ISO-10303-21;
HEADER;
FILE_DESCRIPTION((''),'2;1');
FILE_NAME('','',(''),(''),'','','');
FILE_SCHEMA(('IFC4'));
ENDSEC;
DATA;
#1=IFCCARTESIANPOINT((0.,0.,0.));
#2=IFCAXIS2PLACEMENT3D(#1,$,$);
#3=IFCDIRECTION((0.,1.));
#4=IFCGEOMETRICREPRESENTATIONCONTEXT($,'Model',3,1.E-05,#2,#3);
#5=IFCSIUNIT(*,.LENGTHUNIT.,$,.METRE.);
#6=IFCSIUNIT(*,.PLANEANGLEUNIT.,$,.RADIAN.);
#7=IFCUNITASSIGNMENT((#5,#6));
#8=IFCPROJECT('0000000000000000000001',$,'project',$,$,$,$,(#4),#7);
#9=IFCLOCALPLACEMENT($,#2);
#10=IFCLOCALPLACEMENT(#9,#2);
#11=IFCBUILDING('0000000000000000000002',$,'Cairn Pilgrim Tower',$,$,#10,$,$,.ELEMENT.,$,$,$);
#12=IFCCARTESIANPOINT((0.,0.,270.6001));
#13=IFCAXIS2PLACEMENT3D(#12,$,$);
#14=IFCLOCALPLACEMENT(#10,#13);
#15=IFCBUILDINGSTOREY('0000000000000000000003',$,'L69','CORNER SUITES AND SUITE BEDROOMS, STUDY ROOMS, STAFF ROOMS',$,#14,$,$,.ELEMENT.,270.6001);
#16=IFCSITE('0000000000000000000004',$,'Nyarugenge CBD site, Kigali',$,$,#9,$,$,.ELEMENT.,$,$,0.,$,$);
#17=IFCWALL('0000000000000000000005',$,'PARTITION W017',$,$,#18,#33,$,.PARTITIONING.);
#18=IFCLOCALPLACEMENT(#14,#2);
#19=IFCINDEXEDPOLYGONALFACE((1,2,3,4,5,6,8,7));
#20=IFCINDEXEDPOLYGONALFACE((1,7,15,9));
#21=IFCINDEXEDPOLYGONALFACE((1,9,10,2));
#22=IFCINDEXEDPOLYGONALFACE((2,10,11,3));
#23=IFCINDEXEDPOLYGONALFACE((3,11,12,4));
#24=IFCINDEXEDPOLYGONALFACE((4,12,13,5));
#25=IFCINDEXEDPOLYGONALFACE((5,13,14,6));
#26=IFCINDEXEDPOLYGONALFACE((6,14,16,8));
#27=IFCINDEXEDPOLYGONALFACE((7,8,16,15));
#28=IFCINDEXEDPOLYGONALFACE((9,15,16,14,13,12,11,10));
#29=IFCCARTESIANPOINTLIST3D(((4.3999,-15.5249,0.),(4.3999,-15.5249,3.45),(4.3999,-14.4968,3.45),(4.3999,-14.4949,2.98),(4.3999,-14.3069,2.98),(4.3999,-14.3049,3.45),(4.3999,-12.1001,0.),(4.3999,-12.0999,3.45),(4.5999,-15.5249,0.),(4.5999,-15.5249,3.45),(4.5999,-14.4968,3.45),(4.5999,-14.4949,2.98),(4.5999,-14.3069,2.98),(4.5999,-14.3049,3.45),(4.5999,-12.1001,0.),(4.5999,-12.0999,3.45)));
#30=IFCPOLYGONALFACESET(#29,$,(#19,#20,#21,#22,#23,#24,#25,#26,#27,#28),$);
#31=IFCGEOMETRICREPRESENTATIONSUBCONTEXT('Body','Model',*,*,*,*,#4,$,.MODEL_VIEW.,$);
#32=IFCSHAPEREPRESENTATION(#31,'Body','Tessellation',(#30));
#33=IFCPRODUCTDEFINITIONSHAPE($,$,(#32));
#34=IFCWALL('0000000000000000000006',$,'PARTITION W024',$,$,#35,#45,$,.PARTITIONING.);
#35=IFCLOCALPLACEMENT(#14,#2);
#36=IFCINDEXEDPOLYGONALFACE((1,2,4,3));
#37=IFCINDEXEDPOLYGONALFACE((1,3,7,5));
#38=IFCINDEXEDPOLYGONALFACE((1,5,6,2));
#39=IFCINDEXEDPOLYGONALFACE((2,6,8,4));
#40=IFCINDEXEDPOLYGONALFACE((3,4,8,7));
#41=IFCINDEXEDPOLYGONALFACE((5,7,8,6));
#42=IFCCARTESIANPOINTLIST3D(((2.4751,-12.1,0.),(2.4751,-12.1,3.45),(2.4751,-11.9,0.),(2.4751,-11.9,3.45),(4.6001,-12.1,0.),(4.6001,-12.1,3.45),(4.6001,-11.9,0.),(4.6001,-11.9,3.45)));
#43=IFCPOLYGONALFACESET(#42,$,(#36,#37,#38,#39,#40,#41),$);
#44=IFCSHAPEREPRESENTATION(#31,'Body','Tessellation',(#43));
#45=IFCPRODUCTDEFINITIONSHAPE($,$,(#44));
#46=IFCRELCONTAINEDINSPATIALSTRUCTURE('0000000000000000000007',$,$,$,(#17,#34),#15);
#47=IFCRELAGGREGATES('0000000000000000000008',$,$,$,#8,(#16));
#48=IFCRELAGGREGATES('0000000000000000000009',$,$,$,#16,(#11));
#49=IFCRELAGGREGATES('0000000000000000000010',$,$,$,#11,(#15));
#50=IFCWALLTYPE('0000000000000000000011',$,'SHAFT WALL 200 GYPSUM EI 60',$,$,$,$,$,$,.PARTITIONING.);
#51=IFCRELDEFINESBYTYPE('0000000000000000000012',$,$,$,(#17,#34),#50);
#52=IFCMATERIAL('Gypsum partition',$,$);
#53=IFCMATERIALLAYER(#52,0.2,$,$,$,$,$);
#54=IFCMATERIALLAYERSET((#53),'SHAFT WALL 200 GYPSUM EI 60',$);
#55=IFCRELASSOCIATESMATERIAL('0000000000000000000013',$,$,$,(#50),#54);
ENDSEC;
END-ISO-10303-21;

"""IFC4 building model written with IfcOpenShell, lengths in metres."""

from ifc_helpers import new_model, si_unit, direction, frame, frame_2d, origin, place, context, subcontext, project, spatial, polyline, rectangle, outline, extrude, material, layer, layer_set, type_object, element, save


model = new_model("IFC4")

# Units and contexts
model_context = context("Model", 3, precision=1e-05, world=origin(), true_north=direction((0.0, 1.0)))
body_context = subcontext(model_context, "Body", "Model", "MODEL_VIEW")
ifc_project = project(units=[si_unit("LENGTHUNIT", "METRE"), si_unit("PLANEANGLEUNIT", "RADIAN")], contexts=[model_context])

# Site, building, storey
site_placement = place(None, origin())
site = spatial("IfcSite", under=ifc_project, at=site_placement, Name="Nyarugenge CBD site, Kigali", CompositionType="ELEMENT", RefElevation=0.0)
building_placement = place(site_placement, origin())
building = spatial("IfcBuilding", under=site, at=building_placement, Name="Cairn Pilgrim Tower", CompositionType="ELEMENT")
storey_placement = place(building_placement, frame((0.0, 0.0, 270.6001)))
storey = spatial("IfcBuildingStorey", under=building, at=storey_placement, Name="L69", Description="CORNER SUITES AND SUITE BEDROOMS, STUDY ROOMS, STAFF ROOMS", CompositionType="ELEMENT", Elevation=270.6001)

# Shared definitions
ifc_material_1 = material(Name="Gypsum partition")

# Walls
ifc_layer_1 = layer(ifc_material_1, 0.2)
ifc_layer_set_1 = layer_set([ifc_layer_1], Name="SHAFT WALL 200 GYPSUM EI 60")
wall_type_1 = type_object("IfcWallType", Name="SHAFT WALL 200 GYPSUM EI 60", PredefinedType="PARTITIONING", material=ifc_layer_set_1)
wall_1_placement = place(storey_placement, frame((4.5, -15.5249, 0.0), z_axis=(0.0, 0.0, 1.0), x_axis=(0.0, 1.0, 0.0)))
element("IfcWall", 1, at=wall_1_placement, inside=storey, type_object=wall_type_1, Name="PARTITION W017", PredefinedType="PARTITIONING", context=body_context, shape_type="SweptSolid", body=[
    extrude(outline(polyline([(0.0, 0.0), (3.4248, 0.0), (3.425, 3.45), (1.22, 3.45), (1.218, 2.98), (1.03, 2.98), (1.0281, 3.45), (0.0, 3.45), (0.0, 0.0)])), frame((0.0, 0.1001, 0.0), z_axis=(0.0, -1.0, 0.0), x_axis=(1.0, 0.0, 0.0)), (0.0, 0.0, 1.0), 0.2),
])
wall_2_placement = place(storey_placement, frame((2.4751, -12.0, 0.0), z_axis=(0.0, 0.0, 1.0), x_axis=(1.0, 0.0, 0.0)))
element("IfcWall", 2, at=wall_2_placement, inside=storey, type_object=wall_type_1, Name="PARTITION W024", PredefinedType="PARTITIONING", context=body_context, shape_type="SweptSolid", body=[
    extrude(rectangle(XDim=2.125, YDim=0.2, at=frame_2d((1.0625, 0.0))), origin(), (0.0, 0.0, 1.0), 3.45),
])

save(model, "model.ifc")
